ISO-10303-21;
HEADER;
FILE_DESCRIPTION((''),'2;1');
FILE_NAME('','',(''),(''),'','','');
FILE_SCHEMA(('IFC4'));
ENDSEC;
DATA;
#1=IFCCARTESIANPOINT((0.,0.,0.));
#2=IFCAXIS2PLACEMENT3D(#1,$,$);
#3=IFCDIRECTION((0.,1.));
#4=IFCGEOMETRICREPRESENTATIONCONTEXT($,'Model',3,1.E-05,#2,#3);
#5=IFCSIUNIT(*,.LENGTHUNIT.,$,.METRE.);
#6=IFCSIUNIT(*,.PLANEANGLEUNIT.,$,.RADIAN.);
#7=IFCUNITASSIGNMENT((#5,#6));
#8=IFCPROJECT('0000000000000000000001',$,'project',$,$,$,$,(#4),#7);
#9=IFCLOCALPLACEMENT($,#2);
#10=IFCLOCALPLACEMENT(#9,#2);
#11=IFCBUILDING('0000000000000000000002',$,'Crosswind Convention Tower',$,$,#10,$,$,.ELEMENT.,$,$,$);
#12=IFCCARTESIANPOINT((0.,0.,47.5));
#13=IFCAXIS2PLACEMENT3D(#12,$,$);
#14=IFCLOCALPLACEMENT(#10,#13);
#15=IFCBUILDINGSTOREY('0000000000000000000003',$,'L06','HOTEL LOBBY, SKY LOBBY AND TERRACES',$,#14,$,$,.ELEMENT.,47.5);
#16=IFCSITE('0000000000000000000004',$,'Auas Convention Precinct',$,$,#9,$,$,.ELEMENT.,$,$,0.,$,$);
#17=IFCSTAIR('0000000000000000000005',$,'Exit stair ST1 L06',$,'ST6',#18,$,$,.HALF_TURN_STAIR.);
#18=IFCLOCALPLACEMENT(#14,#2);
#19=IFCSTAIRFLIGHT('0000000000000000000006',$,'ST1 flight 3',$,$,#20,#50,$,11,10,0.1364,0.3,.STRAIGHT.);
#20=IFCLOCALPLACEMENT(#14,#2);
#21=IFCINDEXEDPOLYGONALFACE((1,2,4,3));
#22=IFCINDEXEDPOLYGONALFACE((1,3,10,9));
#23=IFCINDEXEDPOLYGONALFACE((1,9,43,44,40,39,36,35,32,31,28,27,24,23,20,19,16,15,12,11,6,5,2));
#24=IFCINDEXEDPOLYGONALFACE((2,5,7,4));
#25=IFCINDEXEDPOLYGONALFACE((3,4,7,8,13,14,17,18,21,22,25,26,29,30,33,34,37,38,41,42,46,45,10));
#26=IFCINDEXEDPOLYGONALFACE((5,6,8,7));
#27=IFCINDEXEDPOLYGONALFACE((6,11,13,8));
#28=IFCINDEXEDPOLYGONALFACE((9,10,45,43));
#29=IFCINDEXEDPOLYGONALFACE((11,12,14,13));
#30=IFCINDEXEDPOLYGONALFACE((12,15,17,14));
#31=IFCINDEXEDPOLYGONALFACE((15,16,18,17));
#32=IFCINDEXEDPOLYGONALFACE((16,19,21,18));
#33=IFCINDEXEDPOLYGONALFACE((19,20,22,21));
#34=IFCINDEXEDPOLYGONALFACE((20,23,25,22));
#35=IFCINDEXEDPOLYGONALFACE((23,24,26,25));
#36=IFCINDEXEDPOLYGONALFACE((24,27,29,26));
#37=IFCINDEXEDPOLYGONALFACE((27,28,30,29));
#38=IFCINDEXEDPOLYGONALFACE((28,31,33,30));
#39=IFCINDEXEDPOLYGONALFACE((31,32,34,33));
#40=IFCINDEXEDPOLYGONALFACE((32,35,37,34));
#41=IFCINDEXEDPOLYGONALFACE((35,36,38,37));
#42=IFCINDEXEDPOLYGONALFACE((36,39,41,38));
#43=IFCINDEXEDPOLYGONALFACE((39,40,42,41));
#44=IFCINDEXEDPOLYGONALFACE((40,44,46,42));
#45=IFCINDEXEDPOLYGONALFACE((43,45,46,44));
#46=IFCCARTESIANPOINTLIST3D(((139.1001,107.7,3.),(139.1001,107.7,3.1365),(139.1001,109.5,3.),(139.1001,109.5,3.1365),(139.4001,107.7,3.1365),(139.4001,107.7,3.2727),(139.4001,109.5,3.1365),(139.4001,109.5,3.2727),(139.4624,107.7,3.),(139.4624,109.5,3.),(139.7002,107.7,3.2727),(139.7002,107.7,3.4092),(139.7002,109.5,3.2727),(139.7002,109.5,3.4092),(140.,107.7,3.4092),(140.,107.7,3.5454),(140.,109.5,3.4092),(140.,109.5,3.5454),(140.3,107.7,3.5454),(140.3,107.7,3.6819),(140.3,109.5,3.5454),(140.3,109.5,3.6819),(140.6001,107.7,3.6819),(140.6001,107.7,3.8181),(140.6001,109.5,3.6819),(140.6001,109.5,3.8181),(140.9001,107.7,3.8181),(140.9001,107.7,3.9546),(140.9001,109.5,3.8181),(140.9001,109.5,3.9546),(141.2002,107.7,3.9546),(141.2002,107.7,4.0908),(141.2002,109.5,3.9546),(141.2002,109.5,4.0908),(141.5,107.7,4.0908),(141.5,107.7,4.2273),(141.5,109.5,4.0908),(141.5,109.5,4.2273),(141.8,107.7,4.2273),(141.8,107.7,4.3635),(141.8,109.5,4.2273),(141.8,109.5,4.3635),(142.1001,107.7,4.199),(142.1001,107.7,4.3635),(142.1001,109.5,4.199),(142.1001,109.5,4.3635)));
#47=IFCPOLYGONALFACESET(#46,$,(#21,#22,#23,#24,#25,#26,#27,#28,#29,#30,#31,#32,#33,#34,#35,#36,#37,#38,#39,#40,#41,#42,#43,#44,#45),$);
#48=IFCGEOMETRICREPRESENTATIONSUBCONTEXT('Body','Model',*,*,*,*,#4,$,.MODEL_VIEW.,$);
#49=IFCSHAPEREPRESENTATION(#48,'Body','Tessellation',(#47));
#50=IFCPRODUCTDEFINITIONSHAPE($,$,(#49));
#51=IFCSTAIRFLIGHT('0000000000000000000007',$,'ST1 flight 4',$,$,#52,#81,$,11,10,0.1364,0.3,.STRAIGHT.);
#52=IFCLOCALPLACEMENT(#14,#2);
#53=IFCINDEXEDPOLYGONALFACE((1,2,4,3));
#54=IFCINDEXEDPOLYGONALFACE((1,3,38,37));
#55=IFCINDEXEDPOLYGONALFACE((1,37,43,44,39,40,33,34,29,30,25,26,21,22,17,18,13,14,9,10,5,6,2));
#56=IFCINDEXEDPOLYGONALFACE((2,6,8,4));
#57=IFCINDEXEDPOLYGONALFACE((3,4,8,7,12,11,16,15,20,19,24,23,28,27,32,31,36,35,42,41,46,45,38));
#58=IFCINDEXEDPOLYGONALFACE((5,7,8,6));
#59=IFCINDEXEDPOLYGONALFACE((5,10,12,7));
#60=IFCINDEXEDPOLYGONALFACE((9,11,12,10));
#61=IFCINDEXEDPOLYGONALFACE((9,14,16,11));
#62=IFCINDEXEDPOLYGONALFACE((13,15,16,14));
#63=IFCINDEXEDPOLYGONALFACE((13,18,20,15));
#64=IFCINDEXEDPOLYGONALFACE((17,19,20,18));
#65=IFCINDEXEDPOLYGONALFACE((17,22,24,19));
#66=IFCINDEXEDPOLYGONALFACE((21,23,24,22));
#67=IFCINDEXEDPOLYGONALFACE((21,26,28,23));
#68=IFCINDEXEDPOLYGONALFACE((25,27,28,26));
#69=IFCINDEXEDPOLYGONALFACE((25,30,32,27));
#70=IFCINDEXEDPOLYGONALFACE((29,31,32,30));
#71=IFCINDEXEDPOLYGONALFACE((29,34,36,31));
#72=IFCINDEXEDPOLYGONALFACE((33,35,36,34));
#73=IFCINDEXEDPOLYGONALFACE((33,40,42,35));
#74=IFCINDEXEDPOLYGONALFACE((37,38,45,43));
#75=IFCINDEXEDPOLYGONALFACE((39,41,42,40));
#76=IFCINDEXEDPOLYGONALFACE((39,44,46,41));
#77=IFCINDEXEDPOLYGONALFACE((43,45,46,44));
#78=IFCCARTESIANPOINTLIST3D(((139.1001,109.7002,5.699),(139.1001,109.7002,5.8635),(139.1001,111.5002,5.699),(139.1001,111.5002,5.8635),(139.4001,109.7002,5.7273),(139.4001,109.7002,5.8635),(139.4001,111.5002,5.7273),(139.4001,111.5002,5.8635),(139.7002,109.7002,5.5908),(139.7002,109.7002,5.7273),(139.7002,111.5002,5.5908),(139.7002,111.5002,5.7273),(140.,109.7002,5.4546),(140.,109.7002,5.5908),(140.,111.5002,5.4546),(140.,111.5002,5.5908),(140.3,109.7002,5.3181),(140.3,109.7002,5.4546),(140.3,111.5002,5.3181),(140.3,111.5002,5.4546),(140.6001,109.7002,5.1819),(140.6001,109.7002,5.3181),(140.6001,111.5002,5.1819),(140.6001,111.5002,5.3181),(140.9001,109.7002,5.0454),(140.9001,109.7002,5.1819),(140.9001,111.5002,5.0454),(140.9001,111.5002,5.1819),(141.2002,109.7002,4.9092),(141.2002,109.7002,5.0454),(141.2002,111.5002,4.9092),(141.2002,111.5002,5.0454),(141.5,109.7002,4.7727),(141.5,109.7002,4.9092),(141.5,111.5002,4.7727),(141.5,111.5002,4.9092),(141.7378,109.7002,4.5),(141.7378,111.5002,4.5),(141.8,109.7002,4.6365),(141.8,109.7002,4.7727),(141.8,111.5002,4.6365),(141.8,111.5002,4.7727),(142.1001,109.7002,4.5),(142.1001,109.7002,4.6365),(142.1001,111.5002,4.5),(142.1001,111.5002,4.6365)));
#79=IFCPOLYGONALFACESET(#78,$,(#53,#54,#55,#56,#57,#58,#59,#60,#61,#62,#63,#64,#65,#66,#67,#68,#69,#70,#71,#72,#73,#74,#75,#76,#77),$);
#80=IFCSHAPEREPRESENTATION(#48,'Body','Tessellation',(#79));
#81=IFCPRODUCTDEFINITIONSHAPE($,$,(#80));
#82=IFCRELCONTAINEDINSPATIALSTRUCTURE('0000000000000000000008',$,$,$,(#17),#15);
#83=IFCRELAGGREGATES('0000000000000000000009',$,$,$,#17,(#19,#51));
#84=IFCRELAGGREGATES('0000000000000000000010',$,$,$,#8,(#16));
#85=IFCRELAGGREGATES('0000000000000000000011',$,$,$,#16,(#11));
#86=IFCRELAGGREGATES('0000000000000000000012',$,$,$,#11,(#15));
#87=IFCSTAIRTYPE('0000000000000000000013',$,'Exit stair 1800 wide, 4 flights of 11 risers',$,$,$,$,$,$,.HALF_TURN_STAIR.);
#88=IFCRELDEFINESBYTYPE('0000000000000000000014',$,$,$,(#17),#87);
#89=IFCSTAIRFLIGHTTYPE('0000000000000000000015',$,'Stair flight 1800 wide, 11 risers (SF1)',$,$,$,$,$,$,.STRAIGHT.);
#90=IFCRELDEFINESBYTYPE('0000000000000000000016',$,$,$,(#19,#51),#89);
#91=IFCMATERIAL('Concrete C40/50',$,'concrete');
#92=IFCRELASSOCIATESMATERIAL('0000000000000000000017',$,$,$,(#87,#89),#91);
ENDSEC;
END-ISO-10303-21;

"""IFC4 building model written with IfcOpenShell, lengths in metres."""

from ifc_helpers import new_model, si_unit, direction, frame, origin, place, context, subcontext, project, spatial, polyline, outline, extrude, material, type_object, element, aggregate, save


model = new_model("IFC4")

# Units and contexts
model_context = context("Model", 3, precision=1e-05, world=origin(), true_north=direction((0.0, 1.0)))
body_context = subcontext(model_context, "Body", "Model", "MODEL_VIEW")
ifc_project = project(units=[si_unit("LENGTHUNIT", "METRE"), si_unit("PLANEANGLEUNIT", "RADIAN")], contexts=[model_context])

# Site, building, storey
site_placement = place(None, origin())
site = spatial("IfcSite", under=ifc_project, at=site_placement, Name="Auas Convention Precinct", CompositionType="ELEMENT", RefElevation=0.0)
building_placement = place(site_placement, origin())
building = spatial("IfcBuilding", under=site, at=building_placement, Name="Crosswind Convention Tower", CompositionType="ELEMENT")
storey_placement = place(building_placement, frame((0.0, 0.0, 47.5)))
storey = spatial("IfcBuildingStorey", under=building, at=storey_placement, Name="L06", Description="HOTEL LOBBY, SKY LOBBY AND TERRACES", CompositionType="ELEMENT", Elevation=47.5)

# Stair, stair flights
ifc_material_1 = material(Name="Concrete C40/50", Category="concrete")
stair_type = type_object("IfcStairType", Name="Exit stair 1800 wide, 4 flights of 11 risers", PredefinedType="HALF_TURN_STAIR", material=ifc_material_1)
stair_placement = place(storey_placement, origin())
stair = element("IfcStair", 1, at=stair_placement, inside=storey, type_object=stair_type, Name="Exit stair ST1 L06", ObjectType="ST6", PredefinedType="HALF_TURN_STAIR")
stair_flight_type = type_object("IfcStairFlightType", Name="Stair flight 1800 wide, 11 risers (SF1)", PredefinedType="STRAIGHT", material=ifc_material_1)
stair_flight_1_placement = place(storey_placement, frame((139.1001, 108.6001, 3.0), z_axis=(0.0, 0.0, 1.0), x_axis=(1.0, 0.0, 0.0)))
stair_flight_1 = element("IfcStairFlight", 2, at=stair_flight_1_placement, type_object=stair_flight_type, Name="ST1 flight 3", NumberOfRisers=11, NumberOfTreads=10, PredefinedType="STRAIGHT", RiserHeight=0.1364, TreadLength=0.3, context=body_context, shape_type="SweptSolid", body=[
    extrude(outline(polyline([(0.0, 0.0), (0.0, 0.1365), (0.3, 0.1365), (0.3, 0.2727), (0.6001, 0.2727), (0.6001, 0.4092), (0.8999, 0.4092), (0.8999, 0.5454), (1.2, 0.5454), (1.2, 0.6819), (1.5, 0.6819), (1.5, 0.8181), (1.8, 0.8181), (1.8, 0.9546), (2.1001, 0.9546), (2.1001, 1.0908), (2.3999, 1.0908), (2.3999, 1.2273), (2.7, 1.2273), (2.7, 1.3635), (3.0, 1.3635), (3.0, 1.5), (3.0, 1.199), (0.3623, 0.0), (0.0, 0.0)])), frame((0.0, 0.8999, 0.0), z_axis=(0.0, -1.0, 0.0), x_axis=(1.0, 0.0, 0.0)), (0.0, 0.0, 1.0), 1.8),
])
stair_flight_2_placement = place(storey_placement, frame((142.1001, 110.6001, 4.5), z_axis=(0.0, 0.0, 1.0), x_axis=(-1.0, 0.0, 0.0)))
stair_flight_2 = element("IfcStairFlight", 3, at=stair_flight_2_placement, type_object=stair_flight_type, Name="ST1 flight 4", NumberOfRisers=11, NumberOfTreads=10, PredefinedType="STRAIGHT", RiserHeight=0.1364, TreadLength=0.3, context=body_context, shape_type="SweptSolid", body=[
    extrude(outline(polyline([(0.0, 0.0), (0.0, 0.1365), (0.3, 0.1365), (0.3, 0.2727), (0.6001, 0.2727), (0.6001, 0.4092), (0.8999, 0.4092), (0.8999, 0.5454), (1.2, 0.5454), (1.2, 0.6819), (1.5, 0.6819), (1.5, 0.8181), (1.8, 0.8181), (1.8, 0.9546), (2.1001, 0.9546), (2.1001, 1.0908), (2.3999, 1.0908), (2.3999, 1.2273), (2.7, 1.2273), (2.7, 1.3635), (3.0, 1.3635), (3.0, 1.5), (3.0, 1.199), (0.3623, 0.0), (0.0, 0.0)])), frame((0.0, 0.8999, 0.0), z_axis=(0.0, -1.0, 0.0), x_axis=(1.0, 0.0, 0.0)), (0.0, 0.0, 1.0), 1.8),
])
aggregate(stair, [stair_flight_1, stair_flight_2])

save(model, "model.ifc")
